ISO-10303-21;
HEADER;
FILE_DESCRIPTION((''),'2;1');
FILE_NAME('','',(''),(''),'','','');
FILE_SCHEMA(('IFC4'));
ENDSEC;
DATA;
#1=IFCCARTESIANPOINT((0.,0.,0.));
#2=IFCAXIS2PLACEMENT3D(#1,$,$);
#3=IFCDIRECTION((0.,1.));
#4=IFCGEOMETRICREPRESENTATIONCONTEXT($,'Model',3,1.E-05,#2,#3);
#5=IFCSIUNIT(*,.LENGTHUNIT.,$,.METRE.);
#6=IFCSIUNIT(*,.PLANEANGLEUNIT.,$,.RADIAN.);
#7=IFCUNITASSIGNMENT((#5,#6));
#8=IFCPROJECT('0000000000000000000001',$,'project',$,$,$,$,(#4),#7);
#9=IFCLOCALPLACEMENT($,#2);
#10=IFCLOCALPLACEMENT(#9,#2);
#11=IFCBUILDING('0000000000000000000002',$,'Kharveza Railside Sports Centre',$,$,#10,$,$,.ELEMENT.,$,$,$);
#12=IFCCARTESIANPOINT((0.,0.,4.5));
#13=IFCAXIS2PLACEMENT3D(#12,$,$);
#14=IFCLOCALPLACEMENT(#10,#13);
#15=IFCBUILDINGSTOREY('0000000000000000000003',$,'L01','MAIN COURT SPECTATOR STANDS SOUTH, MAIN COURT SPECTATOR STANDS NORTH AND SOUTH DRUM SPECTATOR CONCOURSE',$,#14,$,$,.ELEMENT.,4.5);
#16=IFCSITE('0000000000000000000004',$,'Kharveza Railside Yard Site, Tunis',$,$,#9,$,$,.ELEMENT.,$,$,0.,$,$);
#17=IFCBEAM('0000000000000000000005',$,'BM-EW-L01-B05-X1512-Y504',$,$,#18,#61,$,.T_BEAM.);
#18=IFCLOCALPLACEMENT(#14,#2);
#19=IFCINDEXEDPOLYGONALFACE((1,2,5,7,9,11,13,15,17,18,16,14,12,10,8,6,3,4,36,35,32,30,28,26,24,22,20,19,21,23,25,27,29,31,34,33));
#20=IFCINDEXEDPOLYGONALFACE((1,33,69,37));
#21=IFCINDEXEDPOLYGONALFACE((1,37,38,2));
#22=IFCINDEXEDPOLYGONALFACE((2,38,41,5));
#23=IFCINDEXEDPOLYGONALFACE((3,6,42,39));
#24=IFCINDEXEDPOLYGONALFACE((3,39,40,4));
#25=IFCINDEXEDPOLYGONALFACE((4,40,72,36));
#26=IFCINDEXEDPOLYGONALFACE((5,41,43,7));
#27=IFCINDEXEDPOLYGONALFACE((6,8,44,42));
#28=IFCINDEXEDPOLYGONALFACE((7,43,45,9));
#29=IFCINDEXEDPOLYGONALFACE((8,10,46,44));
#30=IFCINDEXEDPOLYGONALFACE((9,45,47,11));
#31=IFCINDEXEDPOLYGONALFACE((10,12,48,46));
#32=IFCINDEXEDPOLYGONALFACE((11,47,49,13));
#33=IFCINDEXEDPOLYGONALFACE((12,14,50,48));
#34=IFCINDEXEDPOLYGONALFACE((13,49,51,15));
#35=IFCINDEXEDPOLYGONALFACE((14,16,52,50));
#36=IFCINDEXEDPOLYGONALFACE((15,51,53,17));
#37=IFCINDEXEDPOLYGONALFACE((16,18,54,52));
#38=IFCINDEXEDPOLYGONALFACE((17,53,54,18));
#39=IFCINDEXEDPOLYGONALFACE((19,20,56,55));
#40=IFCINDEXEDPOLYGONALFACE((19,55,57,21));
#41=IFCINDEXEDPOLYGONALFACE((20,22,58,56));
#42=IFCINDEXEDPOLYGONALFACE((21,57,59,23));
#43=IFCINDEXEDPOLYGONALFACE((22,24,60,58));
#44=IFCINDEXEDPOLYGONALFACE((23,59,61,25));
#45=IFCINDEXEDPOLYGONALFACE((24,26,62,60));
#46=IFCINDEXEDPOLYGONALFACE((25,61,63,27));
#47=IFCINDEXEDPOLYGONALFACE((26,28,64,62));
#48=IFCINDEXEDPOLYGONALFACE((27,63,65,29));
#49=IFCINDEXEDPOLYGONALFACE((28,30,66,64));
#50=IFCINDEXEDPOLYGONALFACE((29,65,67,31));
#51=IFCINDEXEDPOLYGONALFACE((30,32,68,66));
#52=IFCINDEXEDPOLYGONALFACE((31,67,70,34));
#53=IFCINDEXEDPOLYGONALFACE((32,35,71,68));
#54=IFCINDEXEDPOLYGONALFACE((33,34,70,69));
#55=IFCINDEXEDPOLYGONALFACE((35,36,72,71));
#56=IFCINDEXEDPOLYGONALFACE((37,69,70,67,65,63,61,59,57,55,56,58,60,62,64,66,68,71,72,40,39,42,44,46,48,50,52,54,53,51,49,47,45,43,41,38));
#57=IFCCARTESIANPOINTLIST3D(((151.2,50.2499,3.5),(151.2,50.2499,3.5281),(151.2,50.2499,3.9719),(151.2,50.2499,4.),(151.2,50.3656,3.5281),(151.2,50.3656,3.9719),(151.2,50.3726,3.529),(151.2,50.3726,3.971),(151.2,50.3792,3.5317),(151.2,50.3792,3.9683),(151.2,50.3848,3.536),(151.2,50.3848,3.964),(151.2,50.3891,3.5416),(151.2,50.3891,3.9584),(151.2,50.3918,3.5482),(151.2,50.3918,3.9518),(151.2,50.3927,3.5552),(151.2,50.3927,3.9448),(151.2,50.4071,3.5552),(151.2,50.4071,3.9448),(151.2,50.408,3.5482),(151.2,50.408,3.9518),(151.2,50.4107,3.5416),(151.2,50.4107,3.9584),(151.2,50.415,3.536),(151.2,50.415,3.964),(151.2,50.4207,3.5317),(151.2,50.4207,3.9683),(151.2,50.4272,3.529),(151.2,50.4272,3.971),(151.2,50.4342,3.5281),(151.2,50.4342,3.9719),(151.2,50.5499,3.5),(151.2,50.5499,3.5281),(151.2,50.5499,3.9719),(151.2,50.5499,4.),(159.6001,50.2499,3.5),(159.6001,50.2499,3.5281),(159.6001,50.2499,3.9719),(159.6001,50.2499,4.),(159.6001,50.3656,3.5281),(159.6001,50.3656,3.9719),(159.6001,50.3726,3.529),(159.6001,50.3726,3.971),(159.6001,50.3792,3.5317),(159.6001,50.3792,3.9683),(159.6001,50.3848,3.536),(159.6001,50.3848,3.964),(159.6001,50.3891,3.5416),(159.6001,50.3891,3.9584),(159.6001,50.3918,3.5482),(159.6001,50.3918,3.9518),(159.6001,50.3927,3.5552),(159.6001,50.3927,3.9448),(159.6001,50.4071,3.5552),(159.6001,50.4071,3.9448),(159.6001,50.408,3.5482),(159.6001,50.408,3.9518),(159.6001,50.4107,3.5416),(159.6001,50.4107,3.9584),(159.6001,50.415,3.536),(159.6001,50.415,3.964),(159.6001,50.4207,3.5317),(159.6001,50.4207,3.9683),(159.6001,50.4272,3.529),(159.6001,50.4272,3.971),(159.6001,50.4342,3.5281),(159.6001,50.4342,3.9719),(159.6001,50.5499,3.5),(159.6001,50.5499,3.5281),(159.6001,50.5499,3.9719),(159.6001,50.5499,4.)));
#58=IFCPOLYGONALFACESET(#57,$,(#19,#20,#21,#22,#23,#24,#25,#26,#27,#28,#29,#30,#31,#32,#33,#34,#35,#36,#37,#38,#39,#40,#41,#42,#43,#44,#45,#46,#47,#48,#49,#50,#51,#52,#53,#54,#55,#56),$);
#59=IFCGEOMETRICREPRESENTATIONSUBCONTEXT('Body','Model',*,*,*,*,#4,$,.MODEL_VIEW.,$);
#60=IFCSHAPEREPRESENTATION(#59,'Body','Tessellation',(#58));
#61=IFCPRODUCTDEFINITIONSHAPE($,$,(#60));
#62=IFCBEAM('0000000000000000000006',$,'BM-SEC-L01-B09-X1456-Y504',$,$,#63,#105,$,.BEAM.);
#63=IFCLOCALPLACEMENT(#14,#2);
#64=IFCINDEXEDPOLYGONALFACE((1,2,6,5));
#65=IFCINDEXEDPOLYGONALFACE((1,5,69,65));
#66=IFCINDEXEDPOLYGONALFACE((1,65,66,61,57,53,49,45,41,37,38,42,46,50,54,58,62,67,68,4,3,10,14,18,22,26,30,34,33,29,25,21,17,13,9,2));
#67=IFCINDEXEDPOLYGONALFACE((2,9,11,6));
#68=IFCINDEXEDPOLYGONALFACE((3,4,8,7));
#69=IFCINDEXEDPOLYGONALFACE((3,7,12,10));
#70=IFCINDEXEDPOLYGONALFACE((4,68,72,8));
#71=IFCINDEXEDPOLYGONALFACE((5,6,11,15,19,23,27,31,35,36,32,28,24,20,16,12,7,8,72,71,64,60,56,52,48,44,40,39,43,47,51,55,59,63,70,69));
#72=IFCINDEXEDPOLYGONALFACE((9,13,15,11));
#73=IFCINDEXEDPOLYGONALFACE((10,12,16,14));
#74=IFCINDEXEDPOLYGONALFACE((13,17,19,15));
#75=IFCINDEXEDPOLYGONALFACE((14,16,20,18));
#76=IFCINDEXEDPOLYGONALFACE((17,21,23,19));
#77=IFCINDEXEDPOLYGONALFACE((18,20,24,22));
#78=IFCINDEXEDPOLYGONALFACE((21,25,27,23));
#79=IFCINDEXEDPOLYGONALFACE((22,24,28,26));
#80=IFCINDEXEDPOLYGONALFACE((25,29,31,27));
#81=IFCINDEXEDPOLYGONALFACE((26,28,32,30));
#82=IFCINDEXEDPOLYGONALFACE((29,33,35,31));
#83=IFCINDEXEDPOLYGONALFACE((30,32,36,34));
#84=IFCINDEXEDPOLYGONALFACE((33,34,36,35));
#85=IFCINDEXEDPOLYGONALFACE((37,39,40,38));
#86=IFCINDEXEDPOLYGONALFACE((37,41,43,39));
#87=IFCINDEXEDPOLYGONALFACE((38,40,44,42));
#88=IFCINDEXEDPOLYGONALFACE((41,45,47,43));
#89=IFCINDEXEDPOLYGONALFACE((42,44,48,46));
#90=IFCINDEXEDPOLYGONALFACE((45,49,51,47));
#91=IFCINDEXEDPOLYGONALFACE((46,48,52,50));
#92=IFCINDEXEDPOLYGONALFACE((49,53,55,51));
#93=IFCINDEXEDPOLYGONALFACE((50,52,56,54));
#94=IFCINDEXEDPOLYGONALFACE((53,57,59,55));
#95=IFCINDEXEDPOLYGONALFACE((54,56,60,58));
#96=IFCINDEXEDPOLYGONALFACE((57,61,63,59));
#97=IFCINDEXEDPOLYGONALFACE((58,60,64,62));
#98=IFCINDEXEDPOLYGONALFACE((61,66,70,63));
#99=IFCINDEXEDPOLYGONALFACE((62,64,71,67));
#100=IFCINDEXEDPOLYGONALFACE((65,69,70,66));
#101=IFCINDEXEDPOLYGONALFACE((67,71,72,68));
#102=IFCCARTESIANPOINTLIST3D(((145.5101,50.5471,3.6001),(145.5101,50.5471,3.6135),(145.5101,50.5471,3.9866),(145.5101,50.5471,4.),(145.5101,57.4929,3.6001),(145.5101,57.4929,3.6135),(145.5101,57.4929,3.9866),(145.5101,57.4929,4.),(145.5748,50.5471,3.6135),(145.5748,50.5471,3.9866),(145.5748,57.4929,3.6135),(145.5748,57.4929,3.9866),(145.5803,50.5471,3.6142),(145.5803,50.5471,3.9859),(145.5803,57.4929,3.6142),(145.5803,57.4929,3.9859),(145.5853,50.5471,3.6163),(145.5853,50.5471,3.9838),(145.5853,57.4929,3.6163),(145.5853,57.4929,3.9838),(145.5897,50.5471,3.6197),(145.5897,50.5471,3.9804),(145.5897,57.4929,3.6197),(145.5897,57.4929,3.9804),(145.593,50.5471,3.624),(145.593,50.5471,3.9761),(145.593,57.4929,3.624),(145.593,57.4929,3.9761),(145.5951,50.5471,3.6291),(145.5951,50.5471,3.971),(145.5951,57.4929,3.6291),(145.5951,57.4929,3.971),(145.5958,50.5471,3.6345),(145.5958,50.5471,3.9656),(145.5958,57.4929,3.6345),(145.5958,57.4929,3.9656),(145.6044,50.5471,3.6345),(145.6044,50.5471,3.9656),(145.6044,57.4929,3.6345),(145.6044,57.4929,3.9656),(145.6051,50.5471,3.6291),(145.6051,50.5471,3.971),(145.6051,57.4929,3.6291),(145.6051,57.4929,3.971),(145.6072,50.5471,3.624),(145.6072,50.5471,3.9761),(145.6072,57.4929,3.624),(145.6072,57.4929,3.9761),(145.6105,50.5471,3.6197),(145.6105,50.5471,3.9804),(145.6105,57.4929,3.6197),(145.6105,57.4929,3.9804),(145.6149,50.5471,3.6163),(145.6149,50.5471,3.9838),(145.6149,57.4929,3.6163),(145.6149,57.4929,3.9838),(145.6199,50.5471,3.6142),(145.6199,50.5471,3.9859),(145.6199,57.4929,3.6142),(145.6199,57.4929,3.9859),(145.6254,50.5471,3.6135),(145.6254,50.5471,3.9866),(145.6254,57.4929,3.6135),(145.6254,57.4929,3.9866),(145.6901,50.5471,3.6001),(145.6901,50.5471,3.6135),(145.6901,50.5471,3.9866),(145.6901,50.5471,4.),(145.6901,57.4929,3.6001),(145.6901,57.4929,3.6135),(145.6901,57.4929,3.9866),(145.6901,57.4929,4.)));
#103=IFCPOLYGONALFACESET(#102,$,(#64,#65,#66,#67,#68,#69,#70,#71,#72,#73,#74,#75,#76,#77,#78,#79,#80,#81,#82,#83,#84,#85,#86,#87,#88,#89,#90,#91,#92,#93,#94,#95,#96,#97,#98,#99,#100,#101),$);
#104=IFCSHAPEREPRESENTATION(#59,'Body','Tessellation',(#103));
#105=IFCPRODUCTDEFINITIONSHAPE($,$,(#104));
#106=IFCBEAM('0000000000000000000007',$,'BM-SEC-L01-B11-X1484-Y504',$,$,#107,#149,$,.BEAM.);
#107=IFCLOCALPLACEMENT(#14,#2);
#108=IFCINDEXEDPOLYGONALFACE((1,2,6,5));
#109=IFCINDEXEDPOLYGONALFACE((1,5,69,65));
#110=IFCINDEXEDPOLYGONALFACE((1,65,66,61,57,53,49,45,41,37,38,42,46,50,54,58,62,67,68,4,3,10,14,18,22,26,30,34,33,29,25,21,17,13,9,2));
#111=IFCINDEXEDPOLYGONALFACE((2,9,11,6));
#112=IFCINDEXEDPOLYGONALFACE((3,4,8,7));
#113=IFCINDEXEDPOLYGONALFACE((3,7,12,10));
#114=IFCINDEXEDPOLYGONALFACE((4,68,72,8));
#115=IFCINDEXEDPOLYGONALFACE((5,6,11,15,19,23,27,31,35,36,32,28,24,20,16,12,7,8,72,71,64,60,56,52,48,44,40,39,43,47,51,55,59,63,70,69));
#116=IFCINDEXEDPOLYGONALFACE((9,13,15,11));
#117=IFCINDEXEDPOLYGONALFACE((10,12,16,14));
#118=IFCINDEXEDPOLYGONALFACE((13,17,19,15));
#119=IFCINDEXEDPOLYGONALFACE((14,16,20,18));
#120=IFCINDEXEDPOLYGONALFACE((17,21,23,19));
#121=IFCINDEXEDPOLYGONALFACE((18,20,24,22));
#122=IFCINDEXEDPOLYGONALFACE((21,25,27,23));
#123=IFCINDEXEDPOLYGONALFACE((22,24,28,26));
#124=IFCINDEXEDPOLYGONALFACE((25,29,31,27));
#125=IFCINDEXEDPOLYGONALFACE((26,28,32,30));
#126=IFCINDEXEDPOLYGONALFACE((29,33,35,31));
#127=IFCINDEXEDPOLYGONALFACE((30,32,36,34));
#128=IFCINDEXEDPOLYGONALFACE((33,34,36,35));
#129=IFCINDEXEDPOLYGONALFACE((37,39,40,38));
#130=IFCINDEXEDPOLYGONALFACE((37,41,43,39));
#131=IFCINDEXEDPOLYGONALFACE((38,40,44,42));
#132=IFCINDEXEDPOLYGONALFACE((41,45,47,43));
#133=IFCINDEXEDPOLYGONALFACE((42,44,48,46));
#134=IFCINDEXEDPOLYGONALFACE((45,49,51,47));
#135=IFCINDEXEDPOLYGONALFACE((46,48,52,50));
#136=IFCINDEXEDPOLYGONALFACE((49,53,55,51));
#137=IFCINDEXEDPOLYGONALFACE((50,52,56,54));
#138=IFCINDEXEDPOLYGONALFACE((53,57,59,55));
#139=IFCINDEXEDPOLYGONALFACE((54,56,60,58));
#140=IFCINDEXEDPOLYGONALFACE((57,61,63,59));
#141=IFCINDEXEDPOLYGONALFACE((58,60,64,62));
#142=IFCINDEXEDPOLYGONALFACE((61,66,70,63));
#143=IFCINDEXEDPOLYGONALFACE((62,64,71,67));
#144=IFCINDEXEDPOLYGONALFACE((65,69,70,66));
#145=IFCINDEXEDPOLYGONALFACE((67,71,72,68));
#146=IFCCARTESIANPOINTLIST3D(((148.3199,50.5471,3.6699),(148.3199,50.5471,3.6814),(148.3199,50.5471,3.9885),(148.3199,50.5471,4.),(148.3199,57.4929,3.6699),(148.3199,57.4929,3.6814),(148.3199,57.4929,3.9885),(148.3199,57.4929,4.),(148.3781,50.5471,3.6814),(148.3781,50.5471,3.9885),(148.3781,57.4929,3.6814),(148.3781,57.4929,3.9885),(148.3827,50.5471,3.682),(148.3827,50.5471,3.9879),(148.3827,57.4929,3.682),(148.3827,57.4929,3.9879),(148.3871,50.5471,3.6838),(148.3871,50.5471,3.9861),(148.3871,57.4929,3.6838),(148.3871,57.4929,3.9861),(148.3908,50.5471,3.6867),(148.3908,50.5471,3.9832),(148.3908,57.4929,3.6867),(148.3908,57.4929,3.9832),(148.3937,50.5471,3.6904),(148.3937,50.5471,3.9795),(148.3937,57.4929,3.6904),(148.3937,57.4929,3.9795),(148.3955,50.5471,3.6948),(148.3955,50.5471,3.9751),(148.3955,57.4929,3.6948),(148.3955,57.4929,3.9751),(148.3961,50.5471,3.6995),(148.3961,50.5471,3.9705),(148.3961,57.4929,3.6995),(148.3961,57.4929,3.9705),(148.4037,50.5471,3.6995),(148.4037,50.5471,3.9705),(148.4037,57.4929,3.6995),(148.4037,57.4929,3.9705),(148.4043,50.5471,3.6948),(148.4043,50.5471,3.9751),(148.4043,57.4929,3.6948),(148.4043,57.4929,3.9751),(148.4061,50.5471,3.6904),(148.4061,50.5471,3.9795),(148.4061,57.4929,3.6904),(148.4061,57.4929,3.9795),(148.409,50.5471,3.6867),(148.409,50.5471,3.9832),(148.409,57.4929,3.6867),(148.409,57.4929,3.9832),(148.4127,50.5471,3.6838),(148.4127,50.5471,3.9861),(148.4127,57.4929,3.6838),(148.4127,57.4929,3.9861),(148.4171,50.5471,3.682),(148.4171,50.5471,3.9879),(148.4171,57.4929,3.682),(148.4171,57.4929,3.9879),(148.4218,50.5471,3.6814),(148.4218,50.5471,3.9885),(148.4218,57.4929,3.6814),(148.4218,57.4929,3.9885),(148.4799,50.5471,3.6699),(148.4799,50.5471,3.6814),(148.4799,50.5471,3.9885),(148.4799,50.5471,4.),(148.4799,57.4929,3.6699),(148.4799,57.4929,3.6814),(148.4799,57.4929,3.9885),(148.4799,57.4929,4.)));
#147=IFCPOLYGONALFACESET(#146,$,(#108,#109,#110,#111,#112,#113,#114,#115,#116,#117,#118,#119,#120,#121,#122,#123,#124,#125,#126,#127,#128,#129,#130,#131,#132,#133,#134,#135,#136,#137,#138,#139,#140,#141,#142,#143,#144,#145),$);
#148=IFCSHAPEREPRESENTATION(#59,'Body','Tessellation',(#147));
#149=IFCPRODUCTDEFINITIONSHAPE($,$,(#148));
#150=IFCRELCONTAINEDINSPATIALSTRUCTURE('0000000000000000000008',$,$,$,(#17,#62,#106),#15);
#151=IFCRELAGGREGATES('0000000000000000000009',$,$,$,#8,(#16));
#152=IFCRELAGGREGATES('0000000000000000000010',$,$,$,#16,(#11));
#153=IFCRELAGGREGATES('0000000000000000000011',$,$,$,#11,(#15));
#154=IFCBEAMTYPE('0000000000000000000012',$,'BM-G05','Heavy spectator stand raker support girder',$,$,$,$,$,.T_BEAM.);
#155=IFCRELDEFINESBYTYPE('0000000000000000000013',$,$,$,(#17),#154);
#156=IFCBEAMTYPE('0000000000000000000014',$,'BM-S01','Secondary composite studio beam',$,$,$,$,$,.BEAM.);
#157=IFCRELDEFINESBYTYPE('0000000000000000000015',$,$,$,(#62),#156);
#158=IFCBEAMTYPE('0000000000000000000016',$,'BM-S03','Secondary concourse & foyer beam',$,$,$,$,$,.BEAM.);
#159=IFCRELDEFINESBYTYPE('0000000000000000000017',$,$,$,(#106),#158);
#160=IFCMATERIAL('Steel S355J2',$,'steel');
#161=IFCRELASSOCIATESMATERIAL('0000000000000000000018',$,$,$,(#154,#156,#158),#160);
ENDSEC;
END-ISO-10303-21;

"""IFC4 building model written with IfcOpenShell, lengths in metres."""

from ifc_helpers import new_model, si_unit, direction, frame, origin, origin_2d, place, context, subcontext, project, spatial, i_section, extrude, material, material_profile, profile_set, type_object, element, save


model = new_model("IFC4")

# Units and contexts
model_context = context("Model", 3, precision=1e-05, world=origin(), true_north=direction((0.0, 1.0)))
body_context = subcontext(model_context, "Body", "Model", "MODEL_VIEW")
ifc_project = project(units=[si_unit("LENGTHUNIT", "METRE"), si_unit("PLANEANGLEUNIT", "RADIAN")], contexts=[model_context])

# Site, building, storey
site_placement = place(None, origin())
site = spatial("IfcSite", under=ifc_project, at=site_placement, Name="Kharveza Railside Yard Site, Tunis", CompositionType="ELEMENT", RefElevation=0.0)
building_placement = place(site_placement, origin())
building = spatial("IfcBuilding", under=site, at=building_placement, Name="Kharveza Railside Sports Centre", CompositionType="ELEMENT")
storey_placement = place(building_placement, frame((0.0, 0.0, 4.5)))
storey = spatial("IfcBuildingStorey", under=building, at=storey_placement, Name="L01", Description="MAIN COURT SPECTATOR STANDS SOUTH, MAIN COURT SPECTATOR STANDS NORTH AND SOUTH DRUM SPECTATOR CONCOURSE", CompositionType="ELEMENT", Elevation=4.5)

# Shared definitions
ifc_material_1 = material(Name="Steel S355J2", Category="steel")

# Beams
ifc_material_profile_1 = material_profile(ifc_material_1, i_section(OverallWidth=0.3, OverallDepth=0.5, WebThickness=0.0144, FlangeThickness=0.0281, FilletRadius=0.0271, at=origin_2d()), Name="HEB 500")
ifc_profile_set_1 = profile_set([ifc_material_profile_1], Name="Steel S355J2")
beam_type_1 = type_object("IfcBeamType", Name="BM-G05", Description="Heavy spectator stand raker support girder", PredefinedType="T_BEAM", material=ifc_profile_set_1)
beam_1_placement = place(storey_placement, frame((151.2, 50.3999, 3.75), z_axis=(1.0, 0.0, 0.0), x_axis=(0.0, 1.0, 0.0)))
element("IfcBeam", 1, at=beam_1_placement, inside=storey, type_object=beam_type_1, Name="BM-EW-L01-B05-X1512-Y504", PredefinedType="T_BEAM", context=body_context, shape_type="SweptSolid", body=[
    extrude(i_section(OverallWidth=0.3, OverallDepth=0.5, WebThickness=0.0144, FlangeThickness=0.0281, FilletRadius=0.0271, at=origin_2d()), origin(), (0.0, 0.0, 1.0), 8.4001),
])
ifc_material_profile_2 = material_profile(ifc_material_1, i_section(OverallWidth=0.1799, OverallDepth=0.3999, WebThickness=0.0085, FlangeThickness=0.0134, FilletRadius=0.021, at=origin_2d()), Name="IPE 400")
ifc_profile_set_2 = profile_set([ifc_material_profile_2], Name="Steel S355J2")
beam_type_2 = type_object("IfcBeamType", Name="BM-S01", Description="Secondary composite studio beam", PredefinedType="BEAM", material=ifc_profile_set_2)
beam_2_placement = place(storey_placement, frame((145.6001, 50.5471, 3.8), z_axis=(0.0, 1.0, 0.0), x_axis=(-1.0, 0.0, 0.0)))
element("IfcBeam", 2, at=beam_2_placement, inside=storey, type_object=beam_type_2, Name="BM-SEC-L01-B09-X1456-Y504", PredefinedType="BEAM", context=body_context, shape_type="SweptSolid", body=[
    extrude(i_section(OverallWidth=0.1799, OverallDepth=0.3999, WebThickness=0.0085, FlangeThickness=0.0134, FilletRadius=0.021, at=origin_2d()), origin(), (0.0, 0.0, 1.0), 6.9458),
])
ifc_material_profile_3 = material_profile(ifc_material_1, i_section(OverallWidth=0.1599, OverallDepth=0.3301, WebThickness=0.0076, FlangeThickness=0.0115, FilletRadius=0.0181, at=origin_2d()), Name="IPE 330")
ifc_profile_set_3 = profile_set([ifc_material_profile_3], Name="Steel S355J2")
beam_type_3 = type_object("IfcBeamType", Name="BM-S03", Description="Secondary concourse & foyer beam", PredefinedType="BEAM", material=ifc_profile_set_3)
beam_3_placement = place(storey_placement, frame((148.3999, 50.5471, 3.835), z_axis=(0.0, 1.0, 0.0), x_axis=(-1.0, 0.0, 0.0)))
element("IfcBeam", 3, at=beam_3_placement, inside=storey, type_object=beam_type_3, Name="BM-SEC-L01-B11-X1484-Y504", PredefinedType="BEAM", context=body_context, shape_type="SweptSolid", body=[
    extrude(i_section(OverallWidth=0.1599, OverallDepth=0.3301, WebThickness=0.0076, FlangeThickness=0.0115, FilletRadius=0.0181, at=origin_2d()), origin(), (0.0, 0.0, 1.0), 6.9458),
])

save(model, "model.ifc")
